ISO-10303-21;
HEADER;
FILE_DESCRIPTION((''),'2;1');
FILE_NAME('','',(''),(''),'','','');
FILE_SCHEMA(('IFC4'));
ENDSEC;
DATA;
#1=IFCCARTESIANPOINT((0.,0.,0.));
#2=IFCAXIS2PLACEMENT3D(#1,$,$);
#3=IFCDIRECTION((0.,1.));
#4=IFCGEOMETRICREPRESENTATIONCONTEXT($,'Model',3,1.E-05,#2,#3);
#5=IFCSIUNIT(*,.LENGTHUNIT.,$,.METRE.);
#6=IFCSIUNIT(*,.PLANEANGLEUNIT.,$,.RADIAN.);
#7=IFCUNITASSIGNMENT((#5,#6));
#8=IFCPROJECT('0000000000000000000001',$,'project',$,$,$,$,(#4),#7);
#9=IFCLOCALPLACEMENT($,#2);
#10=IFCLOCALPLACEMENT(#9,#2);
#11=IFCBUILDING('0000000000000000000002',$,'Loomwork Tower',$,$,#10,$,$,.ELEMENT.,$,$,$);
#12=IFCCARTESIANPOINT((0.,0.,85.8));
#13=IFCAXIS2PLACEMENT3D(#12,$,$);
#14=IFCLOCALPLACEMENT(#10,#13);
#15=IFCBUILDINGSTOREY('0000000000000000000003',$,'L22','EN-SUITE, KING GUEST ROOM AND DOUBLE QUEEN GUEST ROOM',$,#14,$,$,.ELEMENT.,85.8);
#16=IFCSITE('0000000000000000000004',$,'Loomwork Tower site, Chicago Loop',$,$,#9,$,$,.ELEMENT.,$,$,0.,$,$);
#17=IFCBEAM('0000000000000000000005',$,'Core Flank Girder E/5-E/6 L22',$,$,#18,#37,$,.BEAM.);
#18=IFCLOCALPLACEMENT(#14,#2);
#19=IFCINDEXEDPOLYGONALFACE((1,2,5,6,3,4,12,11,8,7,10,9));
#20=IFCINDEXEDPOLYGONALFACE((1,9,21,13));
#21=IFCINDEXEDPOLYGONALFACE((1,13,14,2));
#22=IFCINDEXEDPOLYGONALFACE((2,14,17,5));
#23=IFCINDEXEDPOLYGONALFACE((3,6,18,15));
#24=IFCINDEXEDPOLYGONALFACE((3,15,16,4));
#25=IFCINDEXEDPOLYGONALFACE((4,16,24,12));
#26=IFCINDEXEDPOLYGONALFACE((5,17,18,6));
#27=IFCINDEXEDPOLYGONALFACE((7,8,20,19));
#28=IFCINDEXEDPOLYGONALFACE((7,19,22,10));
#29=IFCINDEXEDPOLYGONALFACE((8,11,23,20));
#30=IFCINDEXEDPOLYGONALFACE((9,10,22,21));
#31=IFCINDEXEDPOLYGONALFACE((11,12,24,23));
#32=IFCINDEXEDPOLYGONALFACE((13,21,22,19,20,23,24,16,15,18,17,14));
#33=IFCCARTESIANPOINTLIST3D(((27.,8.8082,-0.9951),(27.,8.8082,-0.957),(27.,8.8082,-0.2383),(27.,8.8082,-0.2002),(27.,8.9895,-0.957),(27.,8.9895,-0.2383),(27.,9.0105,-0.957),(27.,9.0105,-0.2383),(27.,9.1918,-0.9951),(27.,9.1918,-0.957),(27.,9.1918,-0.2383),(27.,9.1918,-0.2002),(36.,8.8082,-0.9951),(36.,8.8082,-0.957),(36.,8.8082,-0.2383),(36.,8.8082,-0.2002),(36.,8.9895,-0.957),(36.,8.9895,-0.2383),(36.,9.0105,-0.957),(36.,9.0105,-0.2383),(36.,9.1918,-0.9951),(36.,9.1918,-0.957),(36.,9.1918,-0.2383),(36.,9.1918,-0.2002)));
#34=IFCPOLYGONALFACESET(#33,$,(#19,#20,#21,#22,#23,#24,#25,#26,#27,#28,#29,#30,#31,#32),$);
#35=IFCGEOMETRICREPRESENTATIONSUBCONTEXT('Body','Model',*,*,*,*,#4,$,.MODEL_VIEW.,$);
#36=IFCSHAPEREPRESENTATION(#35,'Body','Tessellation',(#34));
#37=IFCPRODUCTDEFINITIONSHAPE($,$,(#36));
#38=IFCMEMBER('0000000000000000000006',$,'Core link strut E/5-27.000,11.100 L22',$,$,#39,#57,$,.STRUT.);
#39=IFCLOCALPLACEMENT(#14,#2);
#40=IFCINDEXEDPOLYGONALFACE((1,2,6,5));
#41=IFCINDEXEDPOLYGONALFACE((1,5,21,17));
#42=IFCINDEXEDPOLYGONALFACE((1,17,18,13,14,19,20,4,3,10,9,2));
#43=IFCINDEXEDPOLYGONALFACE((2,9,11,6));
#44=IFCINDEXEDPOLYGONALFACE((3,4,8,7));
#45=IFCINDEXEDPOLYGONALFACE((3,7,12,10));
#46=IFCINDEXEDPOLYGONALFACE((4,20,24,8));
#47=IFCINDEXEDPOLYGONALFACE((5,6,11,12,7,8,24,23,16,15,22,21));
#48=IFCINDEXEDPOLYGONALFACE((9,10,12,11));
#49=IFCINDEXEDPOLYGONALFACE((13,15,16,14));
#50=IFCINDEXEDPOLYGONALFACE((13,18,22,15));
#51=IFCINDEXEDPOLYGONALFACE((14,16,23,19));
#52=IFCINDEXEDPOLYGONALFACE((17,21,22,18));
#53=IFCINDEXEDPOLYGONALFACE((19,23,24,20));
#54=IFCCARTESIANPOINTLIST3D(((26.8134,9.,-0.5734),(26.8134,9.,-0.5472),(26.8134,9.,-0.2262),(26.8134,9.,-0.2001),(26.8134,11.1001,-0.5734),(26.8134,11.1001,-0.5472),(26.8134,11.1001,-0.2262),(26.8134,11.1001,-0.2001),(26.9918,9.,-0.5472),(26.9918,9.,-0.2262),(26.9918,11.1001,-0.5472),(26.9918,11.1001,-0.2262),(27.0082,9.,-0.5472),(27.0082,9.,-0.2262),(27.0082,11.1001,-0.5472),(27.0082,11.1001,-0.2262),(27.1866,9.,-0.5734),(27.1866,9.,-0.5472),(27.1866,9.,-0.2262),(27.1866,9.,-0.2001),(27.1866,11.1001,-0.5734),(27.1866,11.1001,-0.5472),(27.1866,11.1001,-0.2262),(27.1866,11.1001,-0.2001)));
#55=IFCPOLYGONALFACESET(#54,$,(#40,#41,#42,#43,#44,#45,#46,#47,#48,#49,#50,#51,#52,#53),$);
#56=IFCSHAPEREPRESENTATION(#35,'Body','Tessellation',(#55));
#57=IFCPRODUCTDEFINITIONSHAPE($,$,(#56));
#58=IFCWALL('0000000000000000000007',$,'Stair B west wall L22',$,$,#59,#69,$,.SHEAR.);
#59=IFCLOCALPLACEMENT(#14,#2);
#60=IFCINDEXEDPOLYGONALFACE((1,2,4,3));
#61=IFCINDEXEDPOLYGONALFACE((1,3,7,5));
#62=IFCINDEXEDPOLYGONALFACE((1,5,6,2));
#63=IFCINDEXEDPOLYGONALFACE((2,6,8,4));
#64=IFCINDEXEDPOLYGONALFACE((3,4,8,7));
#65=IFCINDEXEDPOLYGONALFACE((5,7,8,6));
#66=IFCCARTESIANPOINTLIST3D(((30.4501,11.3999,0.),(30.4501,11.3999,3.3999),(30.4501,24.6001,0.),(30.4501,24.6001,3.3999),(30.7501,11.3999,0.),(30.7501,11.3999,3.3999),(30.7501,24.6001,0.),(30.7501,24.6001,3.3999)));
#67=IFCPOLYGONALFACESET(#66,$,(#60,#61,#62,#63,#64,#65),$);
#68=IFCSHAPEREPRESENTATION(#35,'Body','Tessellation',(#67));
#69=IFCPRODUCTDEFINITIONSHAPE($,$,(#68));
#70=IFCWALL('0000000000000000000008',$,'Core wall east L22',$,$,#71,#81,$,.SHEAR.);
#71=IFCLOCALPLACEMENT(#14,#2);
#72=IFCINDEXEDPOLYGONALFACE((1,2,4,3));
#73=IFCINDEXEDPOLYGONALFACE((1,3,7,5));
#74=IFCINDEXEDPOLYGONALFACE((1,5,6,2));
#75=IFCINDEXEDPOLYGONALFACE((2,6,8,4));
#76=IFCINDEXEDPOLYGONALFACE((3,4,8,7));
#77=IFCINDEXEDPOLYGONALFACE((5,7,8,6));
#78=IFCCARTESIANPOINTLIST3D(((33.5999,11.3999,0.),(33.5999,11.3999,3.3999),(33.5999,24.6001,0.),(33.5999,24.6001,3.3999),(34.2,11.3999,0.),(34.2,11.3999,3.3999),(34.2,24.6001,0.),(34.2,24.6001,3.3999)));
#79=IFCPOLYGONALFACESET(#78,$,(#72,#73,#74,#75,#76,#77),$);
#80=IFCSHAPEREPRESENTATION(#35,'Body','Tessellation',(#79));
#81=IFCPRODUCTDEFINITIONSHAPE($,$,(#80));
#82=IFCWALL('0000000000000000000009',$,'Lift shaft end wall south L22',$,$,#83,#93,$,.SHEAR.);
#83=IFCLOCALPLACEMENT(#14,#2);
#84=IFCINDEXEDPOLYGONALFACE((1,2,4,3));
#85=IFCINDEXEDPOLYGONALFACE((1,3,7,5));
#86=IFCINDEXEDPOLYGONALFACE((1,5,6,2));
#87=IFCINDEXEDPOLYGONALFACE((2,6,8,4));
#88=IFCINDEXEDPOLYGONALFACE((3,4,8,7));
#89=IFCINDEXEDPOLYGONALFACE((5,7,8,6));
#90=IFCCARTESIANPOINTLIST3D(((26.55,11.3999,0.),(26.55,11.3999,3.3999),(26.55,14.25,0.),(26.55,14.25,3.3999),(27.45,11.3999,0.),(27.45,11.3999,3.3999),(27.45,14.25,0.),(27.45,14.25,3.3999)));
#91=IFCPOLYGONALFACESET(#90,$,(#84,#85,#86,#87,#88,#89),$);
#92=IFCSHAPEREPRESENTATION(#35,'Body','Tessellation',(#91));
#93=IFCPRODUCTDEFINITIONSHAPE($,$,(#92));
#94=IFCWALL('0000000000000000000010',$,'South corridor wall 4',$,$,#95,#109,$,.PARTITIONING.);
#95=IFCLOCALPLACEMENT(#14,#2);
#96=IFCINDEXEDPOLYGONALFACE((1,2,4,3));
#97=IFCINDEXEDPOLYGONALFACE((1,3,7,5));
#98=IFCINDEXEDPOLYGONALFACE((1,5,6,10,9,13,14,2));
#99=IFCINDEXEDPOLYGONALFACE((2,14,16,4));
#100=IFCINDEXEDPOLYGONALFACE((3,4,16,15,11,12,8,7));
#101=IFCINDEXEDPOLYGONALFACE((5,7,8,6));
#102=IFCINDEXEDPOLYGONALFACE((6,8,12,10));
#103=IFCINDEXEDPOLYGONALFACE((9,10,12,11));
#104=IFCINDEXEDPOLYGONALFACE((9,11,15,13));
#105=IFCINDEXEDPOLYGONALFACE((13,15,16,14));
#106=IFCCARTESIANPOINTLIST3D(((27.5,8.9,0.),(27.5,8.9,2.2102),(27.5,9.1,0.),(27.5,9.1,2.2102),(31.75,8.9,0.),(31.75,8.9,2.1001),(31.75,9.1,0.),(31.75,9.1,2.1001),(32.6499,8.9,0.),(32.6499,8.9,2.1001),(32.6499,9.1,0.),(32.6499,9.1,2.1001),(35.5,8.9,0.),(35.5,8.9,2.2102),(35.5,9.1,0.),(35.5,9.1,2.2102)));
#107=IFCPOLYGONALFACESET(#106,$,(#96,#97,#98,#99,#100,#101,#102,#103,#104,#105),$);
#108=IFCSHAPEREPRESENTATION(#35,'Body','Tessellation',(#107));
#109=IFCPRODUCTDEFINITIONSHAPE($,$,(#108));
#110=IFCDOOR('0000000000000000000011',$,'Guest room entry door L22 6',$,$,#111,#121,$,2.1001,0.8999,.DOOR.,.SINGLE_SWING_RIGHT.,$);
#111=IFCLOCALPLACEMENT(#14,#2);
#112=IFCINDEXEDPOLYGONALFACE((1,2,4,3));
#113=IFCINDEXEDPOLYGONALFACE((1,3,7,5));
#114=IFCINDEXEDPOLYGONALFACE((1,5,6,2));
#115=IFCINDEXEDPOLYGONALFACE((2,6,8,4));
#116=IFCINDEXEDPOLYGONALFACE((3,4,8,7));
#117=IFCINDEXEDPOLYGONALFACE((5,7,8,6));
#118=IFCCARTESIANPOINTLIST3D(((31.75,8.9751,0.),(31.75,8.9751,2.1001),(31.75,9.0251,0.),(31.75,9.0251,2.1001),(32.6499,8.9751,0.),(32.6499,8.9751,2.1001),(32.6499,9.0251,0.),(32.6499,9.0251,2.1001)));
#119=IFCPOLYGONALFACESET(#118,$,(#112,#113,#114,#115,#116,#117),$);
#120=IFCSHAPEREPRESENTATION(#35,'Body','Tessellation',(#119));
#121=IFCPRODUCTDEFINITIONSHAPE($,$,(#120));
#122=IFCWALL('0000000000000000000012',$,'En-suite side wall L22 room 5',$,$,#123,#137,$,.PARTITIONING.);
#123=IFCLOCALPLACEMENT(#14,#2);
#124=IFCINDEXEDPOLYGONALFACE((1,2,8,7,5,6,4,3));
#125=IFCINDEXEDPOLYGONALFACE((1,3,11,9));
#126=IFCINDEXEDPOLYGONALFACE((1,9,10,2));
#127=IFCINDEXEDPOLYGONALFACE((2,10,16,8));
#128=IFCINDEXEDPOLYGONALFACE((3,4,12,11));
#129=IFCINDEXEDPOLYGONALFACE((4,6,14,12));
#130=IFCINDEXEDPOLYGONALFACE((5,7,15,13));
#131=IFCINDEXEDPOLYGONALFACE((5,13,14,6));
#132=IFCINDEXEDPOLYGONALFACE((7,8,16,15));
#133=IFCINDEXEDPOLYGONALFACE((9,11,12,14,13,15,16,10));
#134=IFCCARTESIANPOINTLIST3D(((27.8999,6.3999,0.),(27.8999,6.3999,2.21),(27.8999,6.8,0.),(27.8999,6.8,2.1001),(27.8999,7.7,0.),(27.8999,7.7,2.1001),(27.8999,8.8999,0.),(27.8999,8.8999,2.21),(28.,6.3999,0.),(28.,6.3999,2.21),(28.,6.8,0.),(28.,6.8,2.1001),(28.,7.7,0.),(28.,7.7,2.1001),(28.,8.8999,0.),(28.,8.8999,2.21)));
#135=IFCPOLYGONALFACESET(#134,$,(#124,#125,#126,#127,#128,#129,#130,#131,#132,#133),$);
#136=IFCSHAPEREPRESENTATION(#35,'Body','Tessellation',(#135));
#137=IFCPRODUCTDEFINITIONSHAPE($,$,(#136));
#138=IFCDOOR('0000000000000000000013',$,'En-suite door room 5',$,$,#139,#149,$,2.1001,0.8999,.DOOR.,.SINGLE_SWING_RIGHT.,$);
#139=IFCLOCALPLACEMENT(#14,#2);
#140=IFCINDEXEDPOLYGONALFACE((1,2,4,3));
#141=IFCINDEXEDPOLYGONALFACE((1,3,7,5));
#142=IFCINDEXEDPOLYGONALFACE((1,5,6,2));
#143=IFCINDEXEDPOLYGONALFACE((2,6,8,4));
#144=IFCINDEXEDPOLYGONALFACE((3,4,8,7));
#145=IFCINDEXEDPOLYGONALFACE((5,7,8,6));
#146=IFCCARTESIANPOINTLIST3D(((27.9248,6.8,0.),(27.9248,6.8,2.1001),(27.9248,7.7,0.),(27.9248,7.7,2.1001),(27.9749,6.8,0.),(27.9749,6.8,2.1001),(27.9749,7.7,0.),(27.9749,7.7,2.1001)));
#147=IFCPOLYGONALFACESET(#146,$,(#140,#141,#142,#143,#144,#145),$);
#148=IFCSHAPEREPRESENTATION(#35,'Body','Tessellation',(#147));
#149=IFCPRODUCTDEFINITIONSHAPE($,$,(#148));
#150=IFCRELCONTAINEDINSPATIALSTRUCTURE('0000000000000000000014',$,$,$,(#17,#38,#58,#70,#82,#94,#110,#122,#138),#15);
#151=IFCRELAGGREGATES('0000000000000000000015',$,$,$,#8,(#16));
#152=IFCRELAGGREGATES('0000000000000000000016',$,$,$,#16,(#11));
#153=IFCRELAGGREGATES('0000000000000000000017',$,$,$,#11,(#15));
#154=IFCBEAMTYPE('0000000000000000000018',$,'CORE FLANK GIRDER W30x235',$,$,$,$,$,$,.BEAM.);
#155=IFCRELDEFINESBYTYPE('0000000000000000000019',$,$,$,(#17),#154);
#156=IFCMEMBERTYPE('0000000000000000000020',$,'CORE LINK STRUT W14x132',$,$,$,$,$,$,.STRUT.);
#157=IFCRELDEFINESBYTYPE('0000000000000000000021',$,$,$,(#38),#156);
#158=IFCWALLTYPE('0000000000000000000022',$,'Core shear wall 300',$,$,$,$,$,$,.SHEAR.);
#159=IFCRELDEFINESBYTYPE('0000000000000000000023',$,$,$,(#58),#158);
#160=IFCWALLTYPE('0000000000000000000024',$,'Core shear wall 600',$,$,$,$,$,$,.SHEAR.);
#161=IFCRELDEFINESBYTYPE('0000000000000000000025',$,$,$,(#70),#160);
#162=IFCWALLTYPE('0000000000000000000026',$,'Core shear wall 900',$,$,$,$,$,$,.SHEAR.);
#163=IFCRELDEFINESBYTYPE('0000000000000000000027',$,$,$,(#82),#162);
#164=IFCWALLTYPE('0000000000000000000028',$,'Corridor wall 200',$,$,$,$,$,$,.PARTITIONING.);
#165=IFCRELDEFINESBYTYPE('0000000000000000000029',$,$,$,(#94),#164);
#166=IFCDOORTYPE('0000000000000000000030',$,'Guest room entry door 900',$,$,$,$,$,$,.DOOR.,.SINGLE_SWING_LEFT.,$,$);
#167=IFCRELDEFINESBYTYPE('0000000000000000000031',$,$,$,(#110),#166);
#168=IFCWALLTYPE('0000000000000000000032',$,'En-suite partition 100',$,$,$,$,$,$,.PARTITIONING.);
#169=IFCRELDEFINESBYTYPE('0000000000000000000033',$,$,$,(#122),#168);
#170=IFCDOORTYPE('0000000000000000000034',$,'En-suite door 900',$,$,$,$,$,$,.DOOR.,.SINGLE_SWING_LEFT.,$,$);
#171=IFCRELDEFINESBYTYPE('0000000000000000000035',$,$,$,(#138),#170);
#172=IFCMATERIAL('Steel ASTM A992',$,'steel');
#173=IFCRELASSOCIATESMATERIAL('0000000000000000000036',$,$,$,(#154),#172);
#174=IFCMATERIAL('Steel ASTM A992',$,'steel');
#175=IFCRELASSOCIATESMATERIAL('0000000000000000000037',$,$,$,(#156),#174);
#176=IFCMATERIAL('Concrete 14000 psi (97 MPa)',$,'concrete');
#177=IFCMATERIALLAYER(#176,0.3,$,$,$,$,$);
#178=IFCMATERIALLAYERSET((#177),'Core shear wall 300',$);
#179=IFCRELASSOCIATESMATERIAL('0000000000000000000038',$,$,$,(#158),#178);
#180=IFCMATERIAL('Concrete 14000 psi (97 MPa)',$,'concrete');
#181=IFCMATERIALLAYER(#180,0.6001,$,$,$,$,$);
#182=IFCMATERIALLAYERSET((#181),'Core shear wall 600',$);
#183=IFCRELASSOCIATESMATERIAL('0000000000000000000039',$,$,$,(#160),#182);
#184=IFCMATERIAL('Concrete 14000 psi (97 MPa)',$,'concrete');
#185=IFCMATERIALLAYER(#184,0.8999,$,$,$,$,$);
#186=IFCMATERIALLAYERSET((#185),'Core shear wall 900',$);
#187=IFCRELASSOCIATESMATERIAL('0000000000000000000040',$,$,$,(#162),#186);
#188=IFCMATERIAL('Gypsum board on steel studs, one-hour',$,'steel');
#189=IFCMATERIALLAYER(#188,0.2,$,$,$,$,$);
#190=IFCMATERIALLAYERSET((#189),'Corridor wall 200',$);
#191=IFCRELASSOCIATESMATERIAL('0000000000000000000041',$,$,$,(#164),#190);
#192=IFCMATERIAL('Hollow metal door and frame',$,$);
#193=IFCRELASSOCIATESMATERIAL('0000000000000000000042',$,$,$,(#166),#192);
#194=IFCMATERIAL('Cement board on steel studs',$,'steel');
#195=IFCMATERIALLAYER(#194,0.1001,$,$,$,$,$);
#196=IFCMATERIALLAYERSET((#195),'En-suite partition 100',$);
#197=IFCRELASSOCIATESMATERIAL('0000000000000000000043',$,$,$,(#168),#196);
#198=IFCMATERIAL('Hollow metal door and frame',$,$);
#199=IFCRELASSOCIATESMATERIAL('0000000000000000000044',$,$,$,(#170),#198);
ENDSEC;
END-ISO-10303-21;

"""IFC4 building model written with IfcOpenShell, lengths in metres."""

from ifc_helpers import new_model, si_unit, direction, frame, frame_2d, origin, origin_2d, place, context, subcontext, project, spatial, rectangle, i_section, extrude, material, layer, layer_set, material_profile, profile_set, type_object, element, fill, save


model = new_model("IFC4")

# Units and contexts
model_context = context("Model", 3, precision=1e-05, world=origin(), true_north=direction((0.0, 1.0)))
body_context = subcontext(model_context, "Body", "Model", "MODEL_VIEW")
ifc_project = project(units=[si_unit("LENGTHUNIT", "METRE"), si_unit("PLANEANGLEUNIT", "RADIAN")], contexts=[model_context])

# Site, building, storey
site_placement = place(None, origin())
site = spatial("IfcSite", under=ifc_project, at=site_placement, Name="Loomwork Tower site, Chicago Loop", CompositionType="ELEMENT", RefElevation=0.0)
building_placement = place(site_placement, origin())
building = spatial("IfcBuilding", under=site, at=building_placement, Name="Loomwork Tower", CompositionType="ELEMENT")
storey_placement = place(building_placement, frame((0.0, 0.0, 85.8)))
storey = spatial("IfcBuildingStorey", under=building, at=storey_placement, Name="L22", Description="EN-SUITE, KING GUEST ROOM AND DOUBLE QUEEN GUEST ROOM", CompositionType="ELEMENT", Elevation=85.8)

# Beam
ifc_material_1 = material(Name="Steel ASTM A992", Category="steel")
ifc_material_profile_1 = material_profile(ifc_material_1, i_section(OverallWidth=0.3835, OverallDepth=0.7949, WebThickness=0.021, FlangeThickness=0.0381, at=origin_2d()), Name="W30x235")
ifc_profile_set_1 = profile_set([ifc_material_profile_1], Name="Steel ASTM A992")
beam_type = type_object("IfcBeamType", Name="CORE FLANK GIRDER W30x235", PredefinedType="BEAM", material=ifc_profile_set_1)
beam_placement = place(storey_placement, frame((27.0, 9.0, -0.5977), z_axis=(1.0, 0.0, 0.0), x_axis=(0.0, 1.0, 0.0)))
element("IfcBeam", 1, at=beam_placement, inside=storey, type_object=beam_type, Name="Core Flank Girder E/5-E/6 L22", PredefinedType="BEAM", context=body_context, shape_type="SweptSolid", body=[
    extrude(i_section(OverallWidth=0.3835, OverallDepth=0.7949, WebThickness=0.021, FlangeThickness=0.0381, at=origin_2d()), origin(), (0.0, 0.0, 1.0), 9.0),
])

# Member
ifc_material_2 = material(Name="Steel ASTM A992", Category="steel")
ifc_material_profile_2 = material_profile(ifc_material_2, i_section(OverallWidth=0.3733, OverallDepth=0.3733, WebThickness=0.0164, FlangeThickness=0.0261, at=origin_2d()), Name="W14x132")
ifc_profile_set_2 = profile_set([ifc_material_profile_2], Name="Steel ASTM A992")
member_type = type_object("IfcMemberType", Name="CORE LINK STRUT W14x132", PredefinedType="STRUT", material=ifc_profile_set_2)
member_placement = place(storey_placement, frame((27.0, 9.0, -0.3867), z_axis=(0.0, 1.0, 0.0), x_axis=(-1.0, 0.0, 0.0)))
element("IfcMember", 2, at=member_placement, inside=storey, type_object=member_type, Name="Core link strut E/5-27.000,11.100 L22", PredefinedType="STRUT", context=body_context, shape_type="SweptSolid", body=[
    extrude(i_section(OverallWidth=0.3733, OverallDepth=0.3733, WebThickness=0.0164, FlangeThickness=0.0261, at=origin_2d()), origin(), (0.0, 0.0, 1.0), 2.1001),
])

# Walls
ifc_material_3 = material(Name="Concrete 14000 psi (97 MPa)", Category="concrete")
ifc_layer_1 = layer(ifc_material_3, 0.3)
ifc_layer_set_1 = layer_set([ifc_layer_1], Name="Core shear wall 300")
wall_type_1 = type_object("IfcWallType", Name="Core shear wall 300", PredefinedType="SHEAR", material=ifc_layer_set_1)
wall_1_placement = place(storey_placement, frame((30.6001, 11.3999, 0.0), z_axis=(0.0, 0.0, 1.0), x_axis=(0.0, 1.0, 0.0)))
element("IfcWall", 3, at=wall_1_placement, inside=storey, type_object=wall_type_1, Name="Stair B west wall L22", PredefinedType="SHEAR", context=body_context, shape_type="SweptSolid", body=[
    extrude(rectangle(XDim=13.2002, YDim=0.3, at=frame_2d((6.6001, 0.0))), origin(), (0.0, 0.0, 1.0), 3.3999),
])
ifc_material_4 = material(Name="Concrete 14000 psi (97 MPa)", Category="concrete")
ifc_layer_2 = layer(ifc_material_4, 0.6001)
ifc_layer_set_2 = layer_set([ifc_layer_2], Name="Core shear wall 600")
wall_type_2 = type_object("IfcWallType", Name="Core shear wall 600", PredefinedType="SHEAR", material=ifc_layer_set_2)
wall_2_placement = place(storey_placement, frame((33.8999, 11.3999, 0.0), z_axis=(0.0, 0.0, 1.0), x_axis=(0.0, 1.0, 0.0)))
element("IfcWall", 4, at=wall_2_placement, inside=storey, type_object=wall_type_2, Name="Core wall east L22", PredefinedType="SHEAR", context=body_context, shape_type="SweptSolid", body=[
    extrude(rectangle(XDim=13.2002, YDim=0.6001, at=frame_2d((6.6001, 0.0))), origin(), (0.0, 0.0, 1.0), 3.3999),
])
ifc_material_5 = material(Name="Concrete 14000 psi (97 MPa)", Category="concrete")
ifc_layer_3 = layer(ifc_material_5, 0.8999)
ifc_layer_set_3 = layer_set([ifc_layer_3], Name="Core shear wall 900")
wall_type_3 = type_object("IfcWallType", Name="Core shear wall 900", PredefinedType="SHEAR", material=ifc_layer_set_3)
wall_3_placement = place(storey_placement, frame((27.0, 11.3999, 0.0), z_axis=(0.0, 0.0, 1.0), x_axis=(0.0, 1.0, 0.0)))
element("IfcWall", 5, at=wall_3_placement, inside=storey, type_object=wall_type_3, Name="Lift shaft end wall south L22", PredefinedType="SHEAR", context=body_context, shape_type="SweptSolid", body=[
    extrude(rectangle(XDim=2.8501, YDim=0.8999, at=frame_2d((1.425, 0.0))), origin(), (0.0, 0.0, 1.0), 3.3999),
])

# Walls, openings, doors
ifc_material_6 = material(Name="Gypsum board on steel studs, one-hour", Category="steel")
ifc_layer_4 = layer(ifc_material_6, 0.2)
ifc_layer_set_4 = layer_set([ifc_layer_4], Name="Corridor wall 200")
wall_type_4 = type_object("IfcWallType", Name="Corridor wall 200", PredefinedType="PARTITIONING", material=ifc_layer_set_4)
wall_4_placement = place(storey_placement, frame((27.5, 9.0, 0.0), z_axis=(0.0, 0.0, 1.0), x_axis=(1.0, 0.0, 0.0)))
wall_4 = element("IfcWall", 6, at=wall_4_placement, inside=storey, type_object=wall_type_4, Name="South corridor wall 4", PredefinedType="PARTITIONING", context=body_context, shape_type="SweptSolid", body=[
    extrude(rectangle(XDim=8.0, YDim=0.2, at=frame_2d((4.0, 0.0))), origin(), (0.0, 0.0, 1.0), 2.2102),
])
opening_1_placement = place(wall_4_placement, frame((4.25, 0.0, 0.0)))
opening_1 = element("IfcOpeningElement", 7, at=opening_1_placement, cuts=wall_4, PredefinedType="OPENING", context=body_context, shape_type="SweptSolid", body=[
    extrude(rectangle(XDim=0.8999, YDim=2.1001, at=frame_2d((0.45, 1.05))), frame((0.0, 0.1099, 0.0), z_axis=(0.0, -1.0, 0.0), x_axis=(1.0, 0.0, 0.0)), (0.0, 0.0, 1.0), 0.22),
])
ifc_material_7 = material(Name="Hollow metal door and frame")
door_type_1 = type_object("IfcDoorType", Name="Guest room entry door 900", OperationType="SINGLE_SWING_LEFT", PredefinedType="DOOR", material=ifc_material_7)
door_1_placement = place(opening_1_placement, frame((0.8999, 0.0, 0.0), z_axis=(0.0, 0.0, 1.0), x_axis=(-1.0, 0.0, 0.0)))
door_1 = element("IfcDoor", 8, at=door_1_placement, inside=storey, type_object=door_type_1, Name="Guest room entry door L22 6", OperationType="SINGLE_SWING_RIGHT", OverallHeight=2.1001, OverallWidth=0.8999, PredefinedType="DOOR", context=body_context, shape_type="SweptSolid", body=[
    extrude(rectangle(XDim=0.8999, YDim=2.1001, at=frame_2d((0.45, 1.05))), frame((0.0, 0.0249, 0.0), z_axis=(0.0, -1.0, 0.0), x_axis=(1.0, 0.0, 0.0)), (0.0, 0.0, 1.0), 0.05),
])
fill(opening_1, door_1)
ifc_material_8 = material(Name="Cement board on steel studs", Category="steel")
ifc_layer_5 = layer(ifc_material_8, 0.1001)
ifc_layer_set_5 = layer_set([ifc_layer_5], Name="En-suite partition 100")
wall_type_5 = type_object("IfcWallType", Name="En-suite partition 100", PredefinedType="PARTITIONING", material=ifc_layer_set_5)
wall_5_placement = place(storey_placement, frame((27.95, 8.8999, 0.0), z_axis=(0.0, 0.0, 1.0), x_axis=(0.0, -1.0, 0.0)))
wall_5 = element("IfcWall", 9, at=wall_5_placement, inside=storey, type_object=wall_type_5, Name="En-suite side wall L22 room 5", PredefinedType="PARTITIONING", context=body_context, shape_type="SweptSolid", body=[
    extrude(rectangle(XDim=2.5, YDim=0.1001, at=frame_2d((1.25, 0.0))), origin(), (0.0, 0.0, 1.0), 2.21),
])
opening_2_placement = place(wall_5_placement, frame((1.2, 0.0, 0.0)))
opening_2 = element("IfcOpeningElement", 10, at=opening_2_placement, cuts=wall_5, PredefinedType="OPENING", context=body_context, shape_type="SweptSolid", body=[
    extrude(rectangle(XDim=0.8999, YDim=2.1001, at=frame_2d((0.45, 1.05))), frame((0.0, 0.0601, 0.0), z_axis=(0.0, -1.0, 0.0), x_axis=(1.0, 0.0, 0.0)), (0.0, 0.0, 1.0), 0.1201),
])
ifc_material_9 = material(Name="Hollow metal door and frame")
door_type_2 = type_object("IfcDoorType", Name="En-suite door 900", OperationType="SINGLE_SWING_LEFT", PredefinedType="DOOR", material=ifc_material_9)
door_2_placement = place(opening_2_placement, origin())
door_2 = element("IfcDoor", 11, at=door_2_placement, inside=storey, type_object=door_type_2, Name="En-suite door room 5", OperationType="SINGLE_SWING_RIGHT", OverallHeight=2.1001, OverallWidth=0.8999, PredefinedType="DOOR", context=body_context, shape_type="SweptSolid", body=[
    extrude(rectangle(XDim=0.8999, YDim=2.1001, at=frame_2d((0.45, 1.05))), frame((0.0, 0.0249, 0.0), z_axis=(0.0, -1.0, 0.0), x_axis=(1.0, 0.0, 0.0)), (0.0, 0.0, 1.0), 0.05),
])
fill(opening_2, door_2)

save(model, "model.ifc")
